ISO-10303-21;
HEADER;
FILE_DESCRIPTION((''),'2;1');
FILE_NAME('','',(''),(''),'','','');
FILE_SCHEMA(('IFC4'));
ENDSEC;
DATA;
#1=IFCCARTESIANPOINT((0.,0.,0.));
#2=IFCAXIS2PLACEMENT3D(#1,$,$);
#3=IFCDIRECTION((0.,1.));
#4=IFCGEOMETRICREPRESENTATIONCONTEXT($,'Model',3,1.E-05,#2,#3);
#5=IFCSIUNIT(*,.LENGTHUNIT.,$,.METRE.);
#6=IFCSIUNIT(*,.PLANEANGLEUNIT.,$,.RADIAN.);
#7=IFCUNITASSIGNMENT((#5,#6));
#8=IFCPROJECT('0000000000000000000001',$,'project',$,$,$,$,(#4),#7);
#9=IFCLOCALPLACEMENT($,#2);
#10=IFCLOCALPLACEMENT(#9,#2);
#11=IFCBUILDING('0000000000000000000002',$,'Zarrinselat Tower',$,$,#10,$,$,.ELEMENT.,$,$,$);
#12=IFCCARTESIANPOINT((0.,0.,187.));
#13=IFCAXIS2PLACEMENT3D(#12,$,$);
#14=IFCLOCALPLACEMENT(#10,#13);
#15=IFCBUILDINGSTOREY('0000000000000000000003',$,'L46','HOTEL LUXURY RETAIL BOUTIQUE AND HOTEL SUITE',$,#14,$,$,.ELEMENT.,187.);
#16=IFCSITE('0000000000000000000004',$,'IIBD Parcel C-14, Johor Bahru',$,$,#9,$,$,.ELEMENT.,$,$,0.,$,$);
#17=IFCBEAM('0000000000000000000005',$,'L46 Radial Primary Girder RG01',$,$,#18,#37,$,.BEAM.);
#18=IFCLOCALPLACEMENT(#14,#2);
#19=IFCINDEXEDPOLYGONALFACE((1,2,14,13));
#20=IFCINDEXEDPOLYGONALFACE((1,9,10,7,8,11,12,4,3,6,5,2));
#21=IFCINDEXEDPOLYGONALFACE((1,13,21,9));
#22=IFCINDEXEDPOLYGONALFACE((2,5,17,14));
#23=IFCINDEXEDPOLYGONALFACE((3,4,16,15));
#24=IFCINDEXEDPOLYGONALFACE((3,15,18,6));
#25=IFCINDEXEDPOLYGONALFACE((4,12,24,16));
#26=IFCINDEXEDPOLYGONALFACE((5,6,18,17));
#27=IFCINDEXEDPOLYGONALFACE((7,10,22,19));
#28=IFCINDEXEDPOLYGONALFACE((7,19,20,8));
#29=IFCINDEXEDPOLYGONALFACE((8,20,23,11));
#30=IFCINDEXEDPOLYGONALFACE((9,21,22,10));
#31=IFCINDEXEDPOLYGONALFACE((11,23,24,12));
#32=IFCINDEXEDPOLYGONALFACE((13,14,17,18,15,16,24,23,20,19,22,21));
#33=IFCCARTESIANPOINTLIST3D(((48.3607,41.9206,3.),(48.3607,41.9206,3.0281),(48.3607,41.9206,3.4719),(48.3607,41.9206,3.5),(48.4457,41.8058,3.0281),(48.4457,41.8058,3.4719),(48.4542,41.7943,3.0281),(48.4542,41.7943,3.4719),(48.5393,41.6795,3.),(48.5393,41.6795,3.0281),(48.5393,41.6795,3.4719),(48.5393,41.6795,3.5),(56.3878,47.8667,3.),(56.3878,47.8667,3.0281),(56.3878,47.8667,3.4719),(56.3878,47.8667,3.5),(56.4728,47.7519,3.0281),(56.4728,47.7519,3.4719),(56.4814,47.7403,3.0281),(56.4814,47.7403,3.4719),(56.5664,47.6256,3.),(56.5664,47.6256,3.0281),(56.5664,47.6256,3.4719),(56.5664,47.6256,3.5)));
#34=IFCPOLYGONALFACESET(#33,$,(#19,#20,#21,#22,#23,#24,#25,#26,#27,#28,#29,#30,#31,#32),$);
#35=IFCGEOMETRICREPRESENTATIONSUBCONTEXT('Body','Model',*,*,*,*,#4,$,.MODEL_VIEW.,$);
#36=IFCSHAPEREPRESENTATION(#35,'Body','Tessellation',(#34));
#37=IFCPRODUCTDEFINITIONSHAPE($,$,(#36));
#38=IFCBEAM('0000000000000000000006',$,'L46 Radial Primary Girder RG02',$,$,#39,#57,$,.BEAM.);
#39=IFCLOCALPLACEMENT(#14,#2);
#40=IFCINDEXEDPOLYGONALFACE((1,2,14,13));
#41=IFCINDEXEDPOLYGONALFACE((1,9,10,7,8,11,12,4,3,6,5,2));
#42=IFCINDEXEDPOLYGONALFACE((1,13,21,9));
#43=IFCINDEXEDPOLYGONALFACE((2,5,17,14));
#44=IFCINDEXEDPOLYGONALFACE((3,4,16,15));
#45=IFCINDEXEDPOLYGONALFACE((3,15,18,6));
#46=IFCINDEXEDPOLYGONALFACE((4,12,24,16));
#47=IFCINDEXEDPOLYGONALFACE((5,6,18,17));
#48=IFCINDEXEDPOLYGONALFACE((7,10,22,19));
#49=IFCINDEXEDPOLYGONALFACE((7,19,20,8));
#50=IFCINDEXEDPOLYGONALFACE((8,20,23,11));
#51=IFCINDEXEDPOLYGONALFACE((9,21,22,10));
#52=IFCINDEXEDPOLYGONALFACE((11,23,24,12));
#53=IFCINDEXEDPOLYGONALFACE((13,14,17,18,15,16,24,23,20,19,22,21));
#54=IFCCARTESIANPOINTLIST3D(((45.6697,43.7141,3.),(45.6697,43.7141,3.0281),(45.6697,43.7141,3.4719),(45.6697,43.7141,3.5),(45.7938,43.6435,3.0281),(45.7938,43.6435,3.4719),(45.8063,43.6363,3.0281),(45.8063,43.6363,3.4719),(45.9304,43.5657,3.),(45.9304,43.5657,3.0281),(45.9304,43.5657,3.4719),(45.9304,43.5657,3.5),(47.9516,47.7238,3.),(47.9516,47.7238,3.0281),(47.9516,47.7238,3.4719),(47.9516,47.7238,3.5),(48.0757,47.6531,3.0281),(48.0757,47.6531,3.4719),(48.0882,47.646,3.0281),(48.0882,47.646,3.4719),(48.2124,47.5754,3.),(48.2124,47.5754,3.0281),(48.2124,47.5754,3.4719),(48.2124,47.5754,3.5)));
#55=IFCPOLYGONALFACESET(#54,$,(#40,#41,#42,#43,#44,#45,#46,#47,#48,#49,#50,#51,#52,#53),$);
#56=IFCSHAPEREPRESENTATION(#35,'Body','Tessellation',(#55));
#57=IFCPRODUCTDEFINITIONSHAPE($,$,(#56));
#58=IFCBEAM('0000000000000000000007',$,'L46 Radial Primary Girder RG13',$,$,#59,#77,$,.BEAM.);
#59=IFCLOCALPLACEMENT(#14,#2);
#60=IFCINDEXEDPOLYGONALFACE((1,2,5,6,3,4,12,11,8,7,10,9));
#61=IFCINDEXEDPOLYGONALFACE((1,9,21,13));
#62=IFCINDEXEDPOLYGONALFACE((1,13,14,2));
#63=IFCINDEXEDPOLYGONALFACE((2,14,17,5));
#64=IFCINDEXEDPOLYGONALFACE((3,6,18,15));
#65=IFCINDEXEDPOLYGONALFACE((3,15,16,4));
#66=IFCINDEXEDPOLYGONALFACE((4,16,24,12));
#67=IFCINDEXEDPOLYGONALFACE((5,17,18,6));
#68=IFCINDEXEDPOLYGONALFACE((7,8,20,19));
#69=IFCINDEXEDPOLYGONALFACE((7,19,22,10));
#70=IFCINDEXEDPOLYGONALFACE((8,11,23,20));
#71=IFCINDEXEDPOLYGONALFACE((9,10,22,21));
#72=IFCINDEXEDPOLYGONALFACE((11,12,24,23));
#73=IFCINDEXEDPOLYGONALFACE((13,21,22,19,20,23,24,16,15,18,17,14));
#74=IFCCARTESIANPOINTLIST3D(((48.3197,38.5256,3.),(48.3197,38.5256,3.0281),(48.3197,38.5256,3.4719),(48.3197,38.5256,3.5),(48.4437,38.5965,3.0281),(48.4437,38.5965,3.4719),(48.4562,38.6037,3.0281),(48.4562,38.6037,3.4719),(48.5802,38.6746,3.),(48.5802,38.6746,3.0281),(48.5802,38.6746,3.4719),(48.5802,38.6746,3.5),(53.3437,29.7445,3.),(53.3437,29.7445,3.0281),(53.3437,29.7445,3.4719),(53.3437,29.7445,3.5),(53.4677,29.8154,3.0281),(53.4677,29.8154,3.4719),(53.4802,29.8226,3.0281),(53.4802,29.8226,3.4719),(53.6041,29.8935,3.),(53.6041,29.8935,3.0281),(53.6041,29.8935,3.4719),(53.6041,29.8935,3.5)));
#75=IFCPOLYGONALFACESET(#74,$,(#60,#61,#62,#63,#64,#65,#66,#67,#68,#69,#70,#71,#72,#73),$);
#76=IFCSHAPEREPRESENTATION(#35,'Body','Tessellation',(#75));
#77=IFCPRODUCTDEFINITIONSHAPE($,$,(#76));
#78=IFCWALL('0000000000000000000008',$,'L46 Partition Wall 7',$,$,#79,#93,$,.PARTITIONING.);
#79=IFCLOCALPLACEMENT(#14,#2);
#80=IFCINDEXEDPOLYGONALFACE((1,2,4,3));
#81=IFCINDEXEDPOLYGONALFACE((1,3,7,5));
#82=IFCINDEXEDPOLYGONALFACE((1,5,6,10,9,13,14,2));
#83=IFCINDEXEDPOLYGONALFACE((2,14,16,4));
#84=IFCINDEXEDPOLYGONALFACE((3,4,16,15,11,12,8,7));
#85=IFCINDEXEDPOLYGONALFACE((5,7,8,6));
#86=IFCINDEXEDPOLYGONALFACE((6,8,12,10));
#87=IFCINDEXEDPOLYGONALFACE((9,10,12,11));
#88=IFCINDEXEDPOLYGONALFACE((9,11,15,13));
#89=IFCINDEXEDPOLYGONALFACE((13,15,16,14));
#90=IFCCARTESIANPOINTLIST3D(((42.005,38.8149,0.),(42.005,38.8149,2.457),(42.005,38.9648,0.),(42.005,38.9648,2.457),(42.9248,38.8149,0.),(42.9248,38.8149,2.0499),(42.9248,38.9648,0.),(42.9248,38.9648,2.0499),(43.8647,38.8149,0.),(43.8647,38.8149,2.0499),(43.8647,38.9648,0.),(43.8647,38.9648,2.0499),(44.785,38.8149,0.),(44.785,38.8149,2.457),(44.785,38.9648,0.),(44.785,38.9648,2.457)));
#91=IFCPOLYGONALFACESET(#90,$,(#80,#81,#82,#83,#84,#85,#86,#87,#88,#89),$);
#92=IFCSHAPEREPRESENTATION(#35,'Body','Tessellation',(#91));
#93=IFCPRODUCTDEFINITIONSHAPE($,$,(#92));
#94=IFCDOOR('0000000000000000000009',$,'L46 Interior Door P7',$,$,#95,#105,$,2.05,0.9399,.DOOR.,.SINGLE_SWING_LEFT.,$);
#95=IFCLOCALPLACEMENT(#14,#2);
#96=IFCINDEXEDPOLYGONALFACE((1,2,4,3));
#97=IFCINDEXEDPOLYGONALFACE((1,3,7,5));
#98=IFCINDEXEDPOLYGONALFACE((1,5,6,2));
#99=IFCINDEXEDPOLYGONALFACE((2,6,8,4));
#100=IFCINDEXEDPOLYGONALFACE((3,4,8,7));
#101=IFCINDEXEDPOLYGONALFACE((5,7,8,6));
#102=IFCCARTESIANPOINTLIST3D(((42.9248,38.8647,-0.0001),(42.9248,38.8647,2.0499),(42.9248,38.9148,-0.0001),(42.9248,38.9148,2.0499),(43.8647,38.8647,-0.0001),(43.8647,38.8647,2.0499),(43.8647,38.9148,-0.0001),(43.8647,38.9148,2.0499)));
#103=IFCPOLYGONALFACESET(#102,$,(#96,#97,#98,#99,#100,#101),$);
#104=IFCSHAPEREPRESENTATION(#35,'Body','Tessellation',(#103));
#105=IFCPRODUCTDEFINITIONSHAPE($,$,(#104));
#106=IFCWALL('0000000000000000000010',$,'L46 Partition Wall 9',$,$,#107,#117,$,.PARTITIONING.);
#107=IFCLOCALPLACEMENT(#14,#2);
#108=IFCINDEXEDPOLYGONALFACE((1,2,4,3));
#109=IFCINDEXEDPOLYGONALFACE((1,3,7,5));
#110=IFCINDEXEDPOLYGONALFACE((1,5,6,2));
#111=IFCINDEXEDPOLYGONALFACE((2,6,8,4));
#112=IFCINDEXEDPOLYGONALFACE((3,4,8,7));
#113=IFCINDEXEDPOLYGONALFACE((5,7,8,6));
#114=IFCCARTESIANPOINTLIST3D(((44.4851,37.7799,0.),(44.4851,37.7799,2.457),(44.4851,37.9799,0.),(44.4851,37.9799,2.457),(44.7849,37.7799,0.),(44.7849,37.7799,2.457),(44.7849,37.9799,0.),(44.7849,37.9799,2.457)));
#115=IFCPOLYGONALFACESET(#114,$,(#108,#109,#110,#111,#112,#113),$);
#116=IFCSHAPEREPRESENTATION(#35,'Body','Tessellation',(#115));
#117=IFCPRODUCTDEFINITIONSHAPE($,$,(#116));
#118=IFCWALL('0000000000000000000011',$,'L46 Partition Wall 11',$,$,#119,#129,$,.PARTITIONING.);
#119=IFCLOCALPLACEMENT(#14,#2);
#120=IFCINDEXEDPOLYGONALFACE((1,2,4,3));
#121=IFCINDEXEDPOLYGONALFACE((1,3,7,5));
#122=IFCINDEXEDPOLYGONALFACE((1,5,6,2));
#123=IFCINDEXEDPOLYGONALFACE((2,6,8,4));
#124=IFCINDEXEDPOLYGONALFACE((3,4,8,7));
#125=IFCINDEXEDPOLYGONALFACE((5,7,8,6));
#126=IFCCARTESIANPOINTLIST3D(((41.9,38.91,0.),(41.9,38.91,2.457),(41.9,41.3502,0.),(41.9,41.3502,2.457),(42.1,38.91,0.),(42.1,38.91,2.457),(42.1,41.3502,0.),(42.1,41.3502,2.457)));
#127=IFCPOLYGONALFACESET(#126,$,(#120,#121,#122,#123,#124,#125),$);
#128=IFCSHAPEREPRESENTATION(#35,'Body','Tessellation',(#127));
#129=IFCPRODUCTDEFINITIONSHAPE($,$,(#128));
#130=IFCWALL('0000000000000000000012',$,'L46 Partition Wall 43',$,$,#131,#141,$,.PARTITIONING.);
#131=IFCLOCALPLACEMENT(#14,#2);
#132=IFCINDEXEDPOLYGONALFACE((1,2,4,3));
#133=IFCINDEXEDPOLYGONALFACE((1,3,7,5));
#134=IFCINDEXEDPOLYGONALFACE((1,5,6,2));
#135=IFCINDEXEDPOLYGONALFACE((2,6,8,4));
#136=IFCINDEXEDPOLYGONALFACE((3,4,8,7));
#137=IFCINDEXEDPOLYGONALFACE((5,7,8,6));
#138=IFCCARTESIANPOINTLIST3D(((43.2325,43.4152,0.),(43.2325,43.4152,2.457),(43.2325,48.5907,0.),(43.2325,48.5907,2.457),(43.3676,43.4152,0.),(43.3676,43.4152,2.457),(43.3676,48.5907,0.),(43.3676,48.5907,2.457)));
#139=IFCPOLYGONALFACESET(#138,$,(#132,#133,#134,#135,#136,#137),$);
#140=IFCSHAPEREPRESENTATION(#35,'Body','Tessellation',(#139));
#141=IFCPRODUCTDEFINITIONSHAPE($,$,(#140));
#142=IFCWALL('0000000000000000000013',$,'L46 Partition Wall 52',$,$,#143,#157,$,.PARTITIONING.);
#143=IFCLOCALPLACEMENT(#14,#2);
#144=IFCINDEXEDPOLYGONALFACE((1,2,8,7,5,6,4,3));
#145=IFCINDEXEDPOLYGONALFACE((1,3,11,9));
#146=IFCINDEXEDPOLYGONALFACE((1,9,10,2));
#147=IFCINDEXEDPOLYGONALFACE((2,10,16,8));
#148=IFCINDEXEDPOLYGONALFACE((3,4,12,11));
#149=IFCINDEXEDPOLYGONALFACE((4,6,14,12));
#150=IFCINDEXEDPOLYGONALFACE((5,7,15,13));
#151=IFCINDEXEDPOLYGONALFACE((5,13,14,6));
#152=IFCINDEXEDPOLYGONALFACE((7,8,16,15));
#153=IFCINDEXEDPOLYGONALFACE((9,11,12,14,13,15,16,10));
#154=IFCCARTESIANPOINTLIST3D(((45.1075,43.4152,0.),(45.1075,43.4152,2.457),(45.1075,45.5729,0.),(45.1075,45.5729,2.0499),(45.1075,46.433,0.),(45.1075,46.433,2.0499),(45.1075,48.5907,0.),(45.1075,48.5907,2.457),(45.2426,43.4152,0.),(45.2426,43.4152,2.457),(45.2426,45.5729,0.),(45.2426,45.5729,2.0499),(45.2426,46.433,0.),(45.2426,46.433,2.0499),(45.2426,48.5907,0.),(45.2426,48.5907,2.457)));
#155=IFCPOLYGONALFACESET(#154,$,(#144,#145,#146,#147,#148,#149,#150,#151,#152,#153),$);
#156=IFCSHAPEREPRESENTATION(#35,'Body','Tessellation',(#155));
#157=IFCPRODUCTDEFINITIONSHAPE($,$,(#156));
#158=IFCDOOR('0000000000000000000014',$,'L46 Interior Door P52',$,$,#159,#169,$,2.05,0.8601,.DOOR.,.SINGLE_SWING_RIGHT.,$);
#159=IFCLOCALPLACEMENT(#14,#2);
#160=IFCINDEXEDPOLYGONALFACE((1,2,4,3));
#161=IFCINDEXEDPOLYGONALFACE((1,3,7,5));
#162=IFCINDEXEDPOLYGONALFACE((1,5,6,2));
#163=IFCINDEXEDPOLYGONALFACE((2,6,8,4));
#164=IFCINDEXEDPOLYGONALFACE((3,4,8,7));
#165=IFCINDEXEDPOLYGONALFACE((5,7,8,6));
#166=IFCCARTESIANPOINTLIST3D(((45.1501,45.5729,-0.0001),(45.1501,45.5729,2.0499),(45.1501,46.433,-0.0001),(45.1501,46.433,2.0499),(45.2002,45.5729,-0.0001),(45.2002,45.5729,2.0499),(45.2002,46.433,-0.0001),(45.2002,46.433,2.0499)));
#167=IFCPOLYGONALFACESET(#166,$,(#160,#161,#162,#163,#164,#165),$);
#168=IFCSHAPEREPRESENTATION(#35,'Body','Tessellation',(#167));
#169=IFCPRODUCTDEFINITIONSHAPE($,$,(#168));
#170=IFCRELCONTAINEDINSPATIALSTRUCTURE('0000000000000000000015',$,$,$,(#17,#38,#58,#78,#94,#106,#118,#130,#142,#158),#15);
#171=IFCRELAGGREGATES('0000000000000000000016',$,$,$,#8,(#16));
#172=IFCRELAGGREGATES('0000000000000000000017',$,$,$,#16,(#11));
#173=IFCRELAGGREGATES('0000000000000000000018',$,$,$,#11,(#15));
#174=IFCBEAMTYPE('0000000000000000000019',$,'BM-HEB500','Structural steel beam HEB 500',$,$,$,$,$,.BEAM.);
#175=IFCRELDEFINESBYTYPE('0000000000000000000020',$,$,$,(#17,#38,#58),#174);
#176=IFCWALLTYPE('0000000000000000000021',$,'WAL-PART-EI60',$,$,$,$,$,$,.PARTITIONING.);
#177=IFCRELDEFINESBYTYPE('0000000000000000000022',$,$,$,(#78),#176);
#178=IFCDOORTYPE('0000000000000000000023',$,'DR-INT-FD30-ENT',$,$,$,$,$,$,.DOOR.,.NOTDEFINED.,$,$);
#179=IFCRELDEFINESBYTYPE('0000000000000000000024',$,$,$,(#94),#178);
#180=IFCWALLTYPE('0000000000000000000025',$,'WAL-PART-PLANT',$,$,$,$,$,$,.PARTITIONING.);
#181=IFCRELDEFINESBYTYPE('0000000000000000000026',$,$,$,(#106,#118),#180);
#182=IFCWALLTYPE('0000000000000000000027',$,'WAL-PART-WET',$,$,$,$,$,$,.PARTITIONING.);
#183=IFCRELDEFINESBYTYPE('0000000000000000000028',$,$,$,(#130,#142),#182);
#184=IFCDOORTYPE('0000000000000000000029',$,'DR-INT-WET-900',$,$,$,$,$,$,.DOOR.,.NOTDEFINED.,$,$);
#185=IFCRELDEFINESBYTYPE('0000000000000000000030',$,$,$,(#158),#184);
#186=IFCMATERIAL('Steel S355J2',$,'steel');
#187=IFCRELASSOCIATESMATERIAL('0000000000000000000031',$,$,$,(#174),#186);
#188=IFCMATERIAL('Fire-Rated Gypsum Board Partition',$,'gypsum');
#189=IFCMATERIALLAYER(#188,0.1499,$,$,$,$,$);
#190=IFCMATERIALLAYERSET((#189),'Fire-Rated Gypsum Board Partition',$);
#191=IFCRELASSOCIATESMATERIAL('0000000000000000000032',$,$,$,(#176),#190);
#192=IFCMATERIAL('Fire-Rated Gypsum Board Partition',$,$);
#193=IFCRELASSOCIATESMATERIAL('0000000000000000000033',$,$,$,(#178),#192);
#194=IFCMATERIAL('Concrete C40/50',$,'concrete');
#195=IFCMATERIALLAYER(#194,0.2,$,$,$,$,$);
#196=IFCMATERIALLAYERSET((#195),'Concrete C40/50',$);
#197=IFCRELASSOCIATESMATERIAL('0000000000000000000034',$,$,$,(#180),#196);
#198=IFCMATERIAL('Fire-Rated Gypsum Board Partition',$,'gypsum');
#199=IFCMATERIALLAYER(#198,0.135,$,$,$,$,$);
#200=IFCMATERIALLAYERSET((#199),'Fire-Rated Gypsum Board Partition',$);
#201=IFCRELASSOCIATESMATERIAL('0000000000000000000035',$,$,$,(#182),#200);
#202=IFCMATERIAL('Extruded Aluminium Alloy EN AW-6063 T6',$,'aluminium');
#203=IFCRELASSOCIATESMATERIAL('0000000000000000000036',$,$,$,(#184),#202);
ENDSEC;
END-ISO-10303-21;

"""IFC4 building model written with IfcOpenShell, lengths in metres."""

from ifc_helpers import new_model, si_unit, direction, frame, frame_2d, origin, origin_2d, place, context, subcontext, project, spatial, rectangle, i_section, extrude, material, layer, layer_set, material_profile, profile_set, type_object, element, fill, save


model = new_model("IFC4")

# Units and contexts
model_context = context("Model", 3, precision=1e-05, world=origin(), true_north=direction((0.0, 1.0)))
body_context = subcontext(model_context, "Body", "Model", "MODEL_VIEW")
ifc_project = project(units=[si_unit("LENGTHUNIT", "METRE"), si_unit("PLANEANGLEUNIT", "RADIAN")], contexts=[model_context])

# Site, building, storey
site_placement = place(None, origin())
site = spatial("IfcSite", under=ifc_project, at=site_placement, Name="IIBD Parcel C-14, Johor Bahru", CompositionType="ELEMENT", RefElevation=0.0)
building_placement = place(site_placement, origin())
building = spatial("IfcBuilding", under=site, at=building_placement, Name="Zarrinselat Tower", CompositionType="ELEMENT")
storey_placement = place(building_placement, frame((0.0, 0.0, 187.0)))
storey = spatial("IfcBuildingStorey", under=building, at=storey_placement, Name="L46", Description="HOTEL LUXURY RETAIL BOUTIQUE AND HOTEL SUITE", CompositionType="ELEMENT", Elevation=187.0)

# Beams
ifc_material_1 = material(Name="Steel S355J2", Category="steel")
ifc_material_profile = material_profile(ifc_material_1, i_section(OverallWidth=0.3, OverallDepth=0.5, WebThickness=0.0144, FlangeThickness=0.0281, at=origin_2d()), Name="HEB 500")
ifc_profile_set = profile_set([ifc_material_profile], Name="Steel S355J2")
beam_type = type_object("IfcBeamType", Name="BM-HEB500", Description="Structural steel beam HEB 500", PredefinedType="BEAM", material=ifc_profile_set)
beam_1_placement = place(storey_placement, frame((48.45, 41.8, 3.25), z_axis=(0.803555, 0.59523, 0.0), x_axis=(-0.59523, 0.803555, 0.0)))
element("IfcBeam", 1, at=beam_1_placement, inside=storey, type_object=beam_type, Name="L46 Radial Primary Girder RG01", PredefinedType="BEAM", context=body_context, shape_type="SweptSolid", body=[
    extrude(i_section(OverallWidth=0.3, OverallDepth=0.5, WebThickness=0.0144, FlangeThickness=0.0281, at=origin_2d()), origin(), (0.0, 0.0, 1.0), 9.9895),
])
beam_2_placement = place(storey_placement, frame((45.8, 43.6399, 3.25), z_axis=(0.494617, 0.869111, 0.0), x_axis=(-0.869111, 0.494617, 0.0)))
element("IfcBeam", 2, at=beam_2_placement, inside=storey, type_object=beam_type, Name="L46 Radial Primary Girder RG02", PredefinedType="BEAM", context=body_context, shape_type="SweptSolid", body=[
    extrude(i_section(OverallWidth=0.3, OverallDepth=0.5, WebThickness=0.0144, FlangeThickness=0.0281, at=origin_2d()), origin(), (0.0, 0.0, 1.0), 4.6135),
])
beam_3_placement = place(storey_placement, frame((48.45, 38.6001, 3.25), z_axis=(0.496601, -0.867979, 0.0), x_axis=(0.867979, 0.496601, 0.0)))
element("IfcBeam", 3, at=beam_3_placement, inside=storey, type_object=beam_type, Name="L46 Radial Primary Girder RG13", PredefinedType="BEAM", context=body_context, shape_type="SweptSolid", body=[
    extrude(i_section(OverallWidth=0.3, OverallDepth=0.5, WebThickness=0.0144, FlangeThickness=0.0281, at=origin_2d()), origin(), (0.0, 0.0, 1.0), 10.1167),
])

# Wall, opening, door
ifc_material_2 = material(Name="Fire-Rated Gypsum Board Partition", Category="gypsum")
ifc_layer_1 = layer(ifc_material_2, 0.1499)
ifc_layer_set_1 = layer_set([ifc_layer_1], Name="Fire-Rated Gypsum Board Partition")
wall_type_1 = type_object("IfcWallType", Name="WAL-PART-EI60", PredefinedType="PARTITIONING", material=ifc_layer_set_1)
wall_1_placement = place(storey_placement, frame((42.0049, 38.8899, 0.0), z_axis=(0.0, 0.0, 1.0), x_axis=(1.0, 0.0, 0.0)))
wall_1 = element("IfcWall", 4, at=wall_1_placement, inside=storey, type_object=wall_type_1, Name="L46 Partition Wall 7", PredefinedType="PARTITIONING", context=body_context, shape_type="SweptSolid", body=[
    extrude(rectangle(XDim=2.78, YDim=0.1499, at=frame_2d((1.3901, 0.0))), origin(), (0.0, 0.0, 1.0), 2.457),
])
opening_1_placement = place(wall_1_placement, frame((0.9199, 0.0, 0.0)))
opening_1 = element("IfcOpeningElement", 5, at=opening_1_placement, cuts=wall_1, PredefinedType="OPENING", context=body_context, shape_type="SweptSolid", body=[
    extrude(rectangle(XDim=0.9399, YDim=2.05, at=frame_2d((0.47, 1.0249))), frame((0.0, 0.085, 0.0), z_axis=(0.0, -1.0, 0.0), x_axis=(1.0, 0.0, 0.0)), (0.0, 0.0, 1.0), 0.1699),
])
ifc_material_3 = material(Name="Fire-Rated Gypsum Board Partition")
door_type_1 = type_object("IfcDoorType", Name="DR-INT-FD30-ENT", OperationType="NOTDEFINED", PredefinedType="DOOR", material=ifc_material_3)
door_1_placement = place(opening_1_placement, origin())
door_1 = element("IfcDoor", 6, at=door_1_placement, inside=storey, type_object=door_type_1, Name="L46 Interior Door P7", OperationType="SINGLE_SWING_LEFT", OverallHeight=2.05, OverallWidth=0.9399, PredefinedType="DOOR", context=body_context, shape_type="SweptSolid", body=[
    extrude(rectangle(XDim=0.9399, YDim=2.05, at=frame_2d((0.47, 1.0249))), frame((0.0, 0.0249, 0.0), z_axis=(0.0, -1.0, 0.0), x_axis=(1.0, 0.0, 0.0)), (0.0, 0.0, 1.0), 0.05),
])
fill(opening_1, door_1)

# Walls
ifc_material_4 = material(Name="Concrete C40/50", Category="concrete")
ifc_layer_2 = layer(ifc_material_4, 0.2)
ifc_layer_set_2 = layer_set([ifc_layer_2], Name="Concrete C40/50")
wall_type_2 = type_object("IfcWallType", Name="WAL-PART-PLANT", PredefinedType="PARTITIONING", material=ifc_layer_set_2)
wall_2_placement = place(storey_placement, frame((44.4851, 37.8799, 0.0), z_axis=(0.0, 0.0, 1.0), x_axis=(1.0, 0.0, 0.0)))
element("IfcWall", 7, at=wall_2_placement, inside=storey, type_object=wall_type_2, Name="L46 Partition Wall 9", PredefinedType="PARTITIONING", context=body_context, shape_type="SweptSolid", body=[
    extrude(rectangle(XDim=0.2998, YDim=0.2, at=frame_2d((0.1499, 0.0))), origin(), (0.0, 0.0, 1.0), 2.457),
])
wall_3_placement = place(storey_placement, frame((42.0, 38.9099, 0.0), z_axis=(0.0, 0.0, 1.0), x_axis=(0.0, 1.0, 0.0)))
element("IfcWall", 8, at=wall_3_placement, inside=storey, type_object=wall_type_2, Name="L46 Partition Wall 11", PredefinedType="PARTITIONING", context=body_context, shape_type="SweptSolid", body=[
    extrude(rectangle(XDim=2.4402, YDim=0.2, at=frame_2d((1.2202, 0.0))), origin(), (0.0, 0.0, 1.0), 2.457),
])
ifc_material_5 = material(Name="Fire-Rated Gypsum Board Partition", Category="gypsum")
ifc_layer_3 = layer(ifc_material_5, 0.135)
ifc_layer_set_3 = layer_set([ifc_layer_3], Name="Fire-Rated Gypsum Board Partition")
wall_type_3 = type_object("IfcWallType", Name="WAL-PART-WET", PredefinedType="PARTITIONING", material=ifc_layer_set_3)
wall_4_placement = place(storey_placement, frame((43.3, 43.415, 0.0), z_axis=(0.0, 0.0, 1.0), x_axis=(0.0, 1.0, 0.0)))
element("IfcWall", 9, at=wall_4_placement, inside=storey, type_object=wall_type_3, Name="L46 Partition Wall 43", PredefinedType="PARTITIONING", context=body_context, shape_type="SweptSolid", body=[
    extrude(rectangle(XDim=5.1755, YDim=0.135, at=frame_2d((2.5879, 0.0))), origin(), (0.0, 0.0, 1.0), 2.457),
])

# Wall, opening, door
wall_5_placement = place(storey_placement, frame((45.175, 43.415, 0.0), z_axis=(0.0, 0.0, 1.0), x_axis=(0.0, 1.0, 0.0)))
wall_5 = element("IfcWall", 10, at=wall_5_placement, inside=storey, type_object=wall_type_3, Name="L46 Partition Wall 52", PredefinedType="PARTITIONING", context=body_context, shape_type="SweptSolid", body=[
    extrude(rectangle(XDim=5.1755, YDim=0.135, at=frame_2d((2.5879, 0.0))), origin(), (0.0, 0.0, 1.0), 2.457),
])
opening_2_placement = place(wall_5_placement, frame((2.1577, 0.0, 0.0)))
opening_2 = element("IfcOpeningElement", 11, at=opening_2_placement, cuts=wall_5, PredefinedType="OPENING", context=body_context, shape_type="SweptSolid", body=[
    extrude(rectangle(XDim=0.8601, YDim=2.05, at=frame_2d((0.4302, 1.0249))), frame((0.0, 0.0774, 0.0), z_axis=(0.0, -1.0, 0.0), x_axis=(1.0, 0.0, 0.0)), (0.0, 0.0, 1.0), 0.155),
])
ifc_material_6 = material(Name="Extruded Aluminium Alloy EN AW-6063 T6", Category="aluminium")
door_type_2 = type_object("IfcDoorType", Name="DR-INT-WET-900", OperationType="NOTDEFINED", PredefinedType="DOOR", material=ifc_material_6)
door_2_placement = place(opening_2_placement, origin())
door_2 = element("IfcDoor", 12, at=door_2_placement, inside=storey, type_object=door_type_2, Name="L46 Interior Door P52", OperationType="SINGLE_SWING_RIGHT", OverallHeight=2.05, OverallWidth=0.8601, PredefinedType="DOOR", context=body_context, shape_type="SweptSolid", body=[
    extrude(rectangle(XDim=0.8601, YDim=2.05, at=frame_2d((0.4302, 1.0249))), frame((0.0, 0.0249, 0.0), z_axis=(0.0, -1.0, 0.0), x_axis=(1.0, 0.0, 0.0)), (0.0, 0.0, 1.0), 0.05),
])
fill(opening_2, door_2)

save(model, "model.ifc")
